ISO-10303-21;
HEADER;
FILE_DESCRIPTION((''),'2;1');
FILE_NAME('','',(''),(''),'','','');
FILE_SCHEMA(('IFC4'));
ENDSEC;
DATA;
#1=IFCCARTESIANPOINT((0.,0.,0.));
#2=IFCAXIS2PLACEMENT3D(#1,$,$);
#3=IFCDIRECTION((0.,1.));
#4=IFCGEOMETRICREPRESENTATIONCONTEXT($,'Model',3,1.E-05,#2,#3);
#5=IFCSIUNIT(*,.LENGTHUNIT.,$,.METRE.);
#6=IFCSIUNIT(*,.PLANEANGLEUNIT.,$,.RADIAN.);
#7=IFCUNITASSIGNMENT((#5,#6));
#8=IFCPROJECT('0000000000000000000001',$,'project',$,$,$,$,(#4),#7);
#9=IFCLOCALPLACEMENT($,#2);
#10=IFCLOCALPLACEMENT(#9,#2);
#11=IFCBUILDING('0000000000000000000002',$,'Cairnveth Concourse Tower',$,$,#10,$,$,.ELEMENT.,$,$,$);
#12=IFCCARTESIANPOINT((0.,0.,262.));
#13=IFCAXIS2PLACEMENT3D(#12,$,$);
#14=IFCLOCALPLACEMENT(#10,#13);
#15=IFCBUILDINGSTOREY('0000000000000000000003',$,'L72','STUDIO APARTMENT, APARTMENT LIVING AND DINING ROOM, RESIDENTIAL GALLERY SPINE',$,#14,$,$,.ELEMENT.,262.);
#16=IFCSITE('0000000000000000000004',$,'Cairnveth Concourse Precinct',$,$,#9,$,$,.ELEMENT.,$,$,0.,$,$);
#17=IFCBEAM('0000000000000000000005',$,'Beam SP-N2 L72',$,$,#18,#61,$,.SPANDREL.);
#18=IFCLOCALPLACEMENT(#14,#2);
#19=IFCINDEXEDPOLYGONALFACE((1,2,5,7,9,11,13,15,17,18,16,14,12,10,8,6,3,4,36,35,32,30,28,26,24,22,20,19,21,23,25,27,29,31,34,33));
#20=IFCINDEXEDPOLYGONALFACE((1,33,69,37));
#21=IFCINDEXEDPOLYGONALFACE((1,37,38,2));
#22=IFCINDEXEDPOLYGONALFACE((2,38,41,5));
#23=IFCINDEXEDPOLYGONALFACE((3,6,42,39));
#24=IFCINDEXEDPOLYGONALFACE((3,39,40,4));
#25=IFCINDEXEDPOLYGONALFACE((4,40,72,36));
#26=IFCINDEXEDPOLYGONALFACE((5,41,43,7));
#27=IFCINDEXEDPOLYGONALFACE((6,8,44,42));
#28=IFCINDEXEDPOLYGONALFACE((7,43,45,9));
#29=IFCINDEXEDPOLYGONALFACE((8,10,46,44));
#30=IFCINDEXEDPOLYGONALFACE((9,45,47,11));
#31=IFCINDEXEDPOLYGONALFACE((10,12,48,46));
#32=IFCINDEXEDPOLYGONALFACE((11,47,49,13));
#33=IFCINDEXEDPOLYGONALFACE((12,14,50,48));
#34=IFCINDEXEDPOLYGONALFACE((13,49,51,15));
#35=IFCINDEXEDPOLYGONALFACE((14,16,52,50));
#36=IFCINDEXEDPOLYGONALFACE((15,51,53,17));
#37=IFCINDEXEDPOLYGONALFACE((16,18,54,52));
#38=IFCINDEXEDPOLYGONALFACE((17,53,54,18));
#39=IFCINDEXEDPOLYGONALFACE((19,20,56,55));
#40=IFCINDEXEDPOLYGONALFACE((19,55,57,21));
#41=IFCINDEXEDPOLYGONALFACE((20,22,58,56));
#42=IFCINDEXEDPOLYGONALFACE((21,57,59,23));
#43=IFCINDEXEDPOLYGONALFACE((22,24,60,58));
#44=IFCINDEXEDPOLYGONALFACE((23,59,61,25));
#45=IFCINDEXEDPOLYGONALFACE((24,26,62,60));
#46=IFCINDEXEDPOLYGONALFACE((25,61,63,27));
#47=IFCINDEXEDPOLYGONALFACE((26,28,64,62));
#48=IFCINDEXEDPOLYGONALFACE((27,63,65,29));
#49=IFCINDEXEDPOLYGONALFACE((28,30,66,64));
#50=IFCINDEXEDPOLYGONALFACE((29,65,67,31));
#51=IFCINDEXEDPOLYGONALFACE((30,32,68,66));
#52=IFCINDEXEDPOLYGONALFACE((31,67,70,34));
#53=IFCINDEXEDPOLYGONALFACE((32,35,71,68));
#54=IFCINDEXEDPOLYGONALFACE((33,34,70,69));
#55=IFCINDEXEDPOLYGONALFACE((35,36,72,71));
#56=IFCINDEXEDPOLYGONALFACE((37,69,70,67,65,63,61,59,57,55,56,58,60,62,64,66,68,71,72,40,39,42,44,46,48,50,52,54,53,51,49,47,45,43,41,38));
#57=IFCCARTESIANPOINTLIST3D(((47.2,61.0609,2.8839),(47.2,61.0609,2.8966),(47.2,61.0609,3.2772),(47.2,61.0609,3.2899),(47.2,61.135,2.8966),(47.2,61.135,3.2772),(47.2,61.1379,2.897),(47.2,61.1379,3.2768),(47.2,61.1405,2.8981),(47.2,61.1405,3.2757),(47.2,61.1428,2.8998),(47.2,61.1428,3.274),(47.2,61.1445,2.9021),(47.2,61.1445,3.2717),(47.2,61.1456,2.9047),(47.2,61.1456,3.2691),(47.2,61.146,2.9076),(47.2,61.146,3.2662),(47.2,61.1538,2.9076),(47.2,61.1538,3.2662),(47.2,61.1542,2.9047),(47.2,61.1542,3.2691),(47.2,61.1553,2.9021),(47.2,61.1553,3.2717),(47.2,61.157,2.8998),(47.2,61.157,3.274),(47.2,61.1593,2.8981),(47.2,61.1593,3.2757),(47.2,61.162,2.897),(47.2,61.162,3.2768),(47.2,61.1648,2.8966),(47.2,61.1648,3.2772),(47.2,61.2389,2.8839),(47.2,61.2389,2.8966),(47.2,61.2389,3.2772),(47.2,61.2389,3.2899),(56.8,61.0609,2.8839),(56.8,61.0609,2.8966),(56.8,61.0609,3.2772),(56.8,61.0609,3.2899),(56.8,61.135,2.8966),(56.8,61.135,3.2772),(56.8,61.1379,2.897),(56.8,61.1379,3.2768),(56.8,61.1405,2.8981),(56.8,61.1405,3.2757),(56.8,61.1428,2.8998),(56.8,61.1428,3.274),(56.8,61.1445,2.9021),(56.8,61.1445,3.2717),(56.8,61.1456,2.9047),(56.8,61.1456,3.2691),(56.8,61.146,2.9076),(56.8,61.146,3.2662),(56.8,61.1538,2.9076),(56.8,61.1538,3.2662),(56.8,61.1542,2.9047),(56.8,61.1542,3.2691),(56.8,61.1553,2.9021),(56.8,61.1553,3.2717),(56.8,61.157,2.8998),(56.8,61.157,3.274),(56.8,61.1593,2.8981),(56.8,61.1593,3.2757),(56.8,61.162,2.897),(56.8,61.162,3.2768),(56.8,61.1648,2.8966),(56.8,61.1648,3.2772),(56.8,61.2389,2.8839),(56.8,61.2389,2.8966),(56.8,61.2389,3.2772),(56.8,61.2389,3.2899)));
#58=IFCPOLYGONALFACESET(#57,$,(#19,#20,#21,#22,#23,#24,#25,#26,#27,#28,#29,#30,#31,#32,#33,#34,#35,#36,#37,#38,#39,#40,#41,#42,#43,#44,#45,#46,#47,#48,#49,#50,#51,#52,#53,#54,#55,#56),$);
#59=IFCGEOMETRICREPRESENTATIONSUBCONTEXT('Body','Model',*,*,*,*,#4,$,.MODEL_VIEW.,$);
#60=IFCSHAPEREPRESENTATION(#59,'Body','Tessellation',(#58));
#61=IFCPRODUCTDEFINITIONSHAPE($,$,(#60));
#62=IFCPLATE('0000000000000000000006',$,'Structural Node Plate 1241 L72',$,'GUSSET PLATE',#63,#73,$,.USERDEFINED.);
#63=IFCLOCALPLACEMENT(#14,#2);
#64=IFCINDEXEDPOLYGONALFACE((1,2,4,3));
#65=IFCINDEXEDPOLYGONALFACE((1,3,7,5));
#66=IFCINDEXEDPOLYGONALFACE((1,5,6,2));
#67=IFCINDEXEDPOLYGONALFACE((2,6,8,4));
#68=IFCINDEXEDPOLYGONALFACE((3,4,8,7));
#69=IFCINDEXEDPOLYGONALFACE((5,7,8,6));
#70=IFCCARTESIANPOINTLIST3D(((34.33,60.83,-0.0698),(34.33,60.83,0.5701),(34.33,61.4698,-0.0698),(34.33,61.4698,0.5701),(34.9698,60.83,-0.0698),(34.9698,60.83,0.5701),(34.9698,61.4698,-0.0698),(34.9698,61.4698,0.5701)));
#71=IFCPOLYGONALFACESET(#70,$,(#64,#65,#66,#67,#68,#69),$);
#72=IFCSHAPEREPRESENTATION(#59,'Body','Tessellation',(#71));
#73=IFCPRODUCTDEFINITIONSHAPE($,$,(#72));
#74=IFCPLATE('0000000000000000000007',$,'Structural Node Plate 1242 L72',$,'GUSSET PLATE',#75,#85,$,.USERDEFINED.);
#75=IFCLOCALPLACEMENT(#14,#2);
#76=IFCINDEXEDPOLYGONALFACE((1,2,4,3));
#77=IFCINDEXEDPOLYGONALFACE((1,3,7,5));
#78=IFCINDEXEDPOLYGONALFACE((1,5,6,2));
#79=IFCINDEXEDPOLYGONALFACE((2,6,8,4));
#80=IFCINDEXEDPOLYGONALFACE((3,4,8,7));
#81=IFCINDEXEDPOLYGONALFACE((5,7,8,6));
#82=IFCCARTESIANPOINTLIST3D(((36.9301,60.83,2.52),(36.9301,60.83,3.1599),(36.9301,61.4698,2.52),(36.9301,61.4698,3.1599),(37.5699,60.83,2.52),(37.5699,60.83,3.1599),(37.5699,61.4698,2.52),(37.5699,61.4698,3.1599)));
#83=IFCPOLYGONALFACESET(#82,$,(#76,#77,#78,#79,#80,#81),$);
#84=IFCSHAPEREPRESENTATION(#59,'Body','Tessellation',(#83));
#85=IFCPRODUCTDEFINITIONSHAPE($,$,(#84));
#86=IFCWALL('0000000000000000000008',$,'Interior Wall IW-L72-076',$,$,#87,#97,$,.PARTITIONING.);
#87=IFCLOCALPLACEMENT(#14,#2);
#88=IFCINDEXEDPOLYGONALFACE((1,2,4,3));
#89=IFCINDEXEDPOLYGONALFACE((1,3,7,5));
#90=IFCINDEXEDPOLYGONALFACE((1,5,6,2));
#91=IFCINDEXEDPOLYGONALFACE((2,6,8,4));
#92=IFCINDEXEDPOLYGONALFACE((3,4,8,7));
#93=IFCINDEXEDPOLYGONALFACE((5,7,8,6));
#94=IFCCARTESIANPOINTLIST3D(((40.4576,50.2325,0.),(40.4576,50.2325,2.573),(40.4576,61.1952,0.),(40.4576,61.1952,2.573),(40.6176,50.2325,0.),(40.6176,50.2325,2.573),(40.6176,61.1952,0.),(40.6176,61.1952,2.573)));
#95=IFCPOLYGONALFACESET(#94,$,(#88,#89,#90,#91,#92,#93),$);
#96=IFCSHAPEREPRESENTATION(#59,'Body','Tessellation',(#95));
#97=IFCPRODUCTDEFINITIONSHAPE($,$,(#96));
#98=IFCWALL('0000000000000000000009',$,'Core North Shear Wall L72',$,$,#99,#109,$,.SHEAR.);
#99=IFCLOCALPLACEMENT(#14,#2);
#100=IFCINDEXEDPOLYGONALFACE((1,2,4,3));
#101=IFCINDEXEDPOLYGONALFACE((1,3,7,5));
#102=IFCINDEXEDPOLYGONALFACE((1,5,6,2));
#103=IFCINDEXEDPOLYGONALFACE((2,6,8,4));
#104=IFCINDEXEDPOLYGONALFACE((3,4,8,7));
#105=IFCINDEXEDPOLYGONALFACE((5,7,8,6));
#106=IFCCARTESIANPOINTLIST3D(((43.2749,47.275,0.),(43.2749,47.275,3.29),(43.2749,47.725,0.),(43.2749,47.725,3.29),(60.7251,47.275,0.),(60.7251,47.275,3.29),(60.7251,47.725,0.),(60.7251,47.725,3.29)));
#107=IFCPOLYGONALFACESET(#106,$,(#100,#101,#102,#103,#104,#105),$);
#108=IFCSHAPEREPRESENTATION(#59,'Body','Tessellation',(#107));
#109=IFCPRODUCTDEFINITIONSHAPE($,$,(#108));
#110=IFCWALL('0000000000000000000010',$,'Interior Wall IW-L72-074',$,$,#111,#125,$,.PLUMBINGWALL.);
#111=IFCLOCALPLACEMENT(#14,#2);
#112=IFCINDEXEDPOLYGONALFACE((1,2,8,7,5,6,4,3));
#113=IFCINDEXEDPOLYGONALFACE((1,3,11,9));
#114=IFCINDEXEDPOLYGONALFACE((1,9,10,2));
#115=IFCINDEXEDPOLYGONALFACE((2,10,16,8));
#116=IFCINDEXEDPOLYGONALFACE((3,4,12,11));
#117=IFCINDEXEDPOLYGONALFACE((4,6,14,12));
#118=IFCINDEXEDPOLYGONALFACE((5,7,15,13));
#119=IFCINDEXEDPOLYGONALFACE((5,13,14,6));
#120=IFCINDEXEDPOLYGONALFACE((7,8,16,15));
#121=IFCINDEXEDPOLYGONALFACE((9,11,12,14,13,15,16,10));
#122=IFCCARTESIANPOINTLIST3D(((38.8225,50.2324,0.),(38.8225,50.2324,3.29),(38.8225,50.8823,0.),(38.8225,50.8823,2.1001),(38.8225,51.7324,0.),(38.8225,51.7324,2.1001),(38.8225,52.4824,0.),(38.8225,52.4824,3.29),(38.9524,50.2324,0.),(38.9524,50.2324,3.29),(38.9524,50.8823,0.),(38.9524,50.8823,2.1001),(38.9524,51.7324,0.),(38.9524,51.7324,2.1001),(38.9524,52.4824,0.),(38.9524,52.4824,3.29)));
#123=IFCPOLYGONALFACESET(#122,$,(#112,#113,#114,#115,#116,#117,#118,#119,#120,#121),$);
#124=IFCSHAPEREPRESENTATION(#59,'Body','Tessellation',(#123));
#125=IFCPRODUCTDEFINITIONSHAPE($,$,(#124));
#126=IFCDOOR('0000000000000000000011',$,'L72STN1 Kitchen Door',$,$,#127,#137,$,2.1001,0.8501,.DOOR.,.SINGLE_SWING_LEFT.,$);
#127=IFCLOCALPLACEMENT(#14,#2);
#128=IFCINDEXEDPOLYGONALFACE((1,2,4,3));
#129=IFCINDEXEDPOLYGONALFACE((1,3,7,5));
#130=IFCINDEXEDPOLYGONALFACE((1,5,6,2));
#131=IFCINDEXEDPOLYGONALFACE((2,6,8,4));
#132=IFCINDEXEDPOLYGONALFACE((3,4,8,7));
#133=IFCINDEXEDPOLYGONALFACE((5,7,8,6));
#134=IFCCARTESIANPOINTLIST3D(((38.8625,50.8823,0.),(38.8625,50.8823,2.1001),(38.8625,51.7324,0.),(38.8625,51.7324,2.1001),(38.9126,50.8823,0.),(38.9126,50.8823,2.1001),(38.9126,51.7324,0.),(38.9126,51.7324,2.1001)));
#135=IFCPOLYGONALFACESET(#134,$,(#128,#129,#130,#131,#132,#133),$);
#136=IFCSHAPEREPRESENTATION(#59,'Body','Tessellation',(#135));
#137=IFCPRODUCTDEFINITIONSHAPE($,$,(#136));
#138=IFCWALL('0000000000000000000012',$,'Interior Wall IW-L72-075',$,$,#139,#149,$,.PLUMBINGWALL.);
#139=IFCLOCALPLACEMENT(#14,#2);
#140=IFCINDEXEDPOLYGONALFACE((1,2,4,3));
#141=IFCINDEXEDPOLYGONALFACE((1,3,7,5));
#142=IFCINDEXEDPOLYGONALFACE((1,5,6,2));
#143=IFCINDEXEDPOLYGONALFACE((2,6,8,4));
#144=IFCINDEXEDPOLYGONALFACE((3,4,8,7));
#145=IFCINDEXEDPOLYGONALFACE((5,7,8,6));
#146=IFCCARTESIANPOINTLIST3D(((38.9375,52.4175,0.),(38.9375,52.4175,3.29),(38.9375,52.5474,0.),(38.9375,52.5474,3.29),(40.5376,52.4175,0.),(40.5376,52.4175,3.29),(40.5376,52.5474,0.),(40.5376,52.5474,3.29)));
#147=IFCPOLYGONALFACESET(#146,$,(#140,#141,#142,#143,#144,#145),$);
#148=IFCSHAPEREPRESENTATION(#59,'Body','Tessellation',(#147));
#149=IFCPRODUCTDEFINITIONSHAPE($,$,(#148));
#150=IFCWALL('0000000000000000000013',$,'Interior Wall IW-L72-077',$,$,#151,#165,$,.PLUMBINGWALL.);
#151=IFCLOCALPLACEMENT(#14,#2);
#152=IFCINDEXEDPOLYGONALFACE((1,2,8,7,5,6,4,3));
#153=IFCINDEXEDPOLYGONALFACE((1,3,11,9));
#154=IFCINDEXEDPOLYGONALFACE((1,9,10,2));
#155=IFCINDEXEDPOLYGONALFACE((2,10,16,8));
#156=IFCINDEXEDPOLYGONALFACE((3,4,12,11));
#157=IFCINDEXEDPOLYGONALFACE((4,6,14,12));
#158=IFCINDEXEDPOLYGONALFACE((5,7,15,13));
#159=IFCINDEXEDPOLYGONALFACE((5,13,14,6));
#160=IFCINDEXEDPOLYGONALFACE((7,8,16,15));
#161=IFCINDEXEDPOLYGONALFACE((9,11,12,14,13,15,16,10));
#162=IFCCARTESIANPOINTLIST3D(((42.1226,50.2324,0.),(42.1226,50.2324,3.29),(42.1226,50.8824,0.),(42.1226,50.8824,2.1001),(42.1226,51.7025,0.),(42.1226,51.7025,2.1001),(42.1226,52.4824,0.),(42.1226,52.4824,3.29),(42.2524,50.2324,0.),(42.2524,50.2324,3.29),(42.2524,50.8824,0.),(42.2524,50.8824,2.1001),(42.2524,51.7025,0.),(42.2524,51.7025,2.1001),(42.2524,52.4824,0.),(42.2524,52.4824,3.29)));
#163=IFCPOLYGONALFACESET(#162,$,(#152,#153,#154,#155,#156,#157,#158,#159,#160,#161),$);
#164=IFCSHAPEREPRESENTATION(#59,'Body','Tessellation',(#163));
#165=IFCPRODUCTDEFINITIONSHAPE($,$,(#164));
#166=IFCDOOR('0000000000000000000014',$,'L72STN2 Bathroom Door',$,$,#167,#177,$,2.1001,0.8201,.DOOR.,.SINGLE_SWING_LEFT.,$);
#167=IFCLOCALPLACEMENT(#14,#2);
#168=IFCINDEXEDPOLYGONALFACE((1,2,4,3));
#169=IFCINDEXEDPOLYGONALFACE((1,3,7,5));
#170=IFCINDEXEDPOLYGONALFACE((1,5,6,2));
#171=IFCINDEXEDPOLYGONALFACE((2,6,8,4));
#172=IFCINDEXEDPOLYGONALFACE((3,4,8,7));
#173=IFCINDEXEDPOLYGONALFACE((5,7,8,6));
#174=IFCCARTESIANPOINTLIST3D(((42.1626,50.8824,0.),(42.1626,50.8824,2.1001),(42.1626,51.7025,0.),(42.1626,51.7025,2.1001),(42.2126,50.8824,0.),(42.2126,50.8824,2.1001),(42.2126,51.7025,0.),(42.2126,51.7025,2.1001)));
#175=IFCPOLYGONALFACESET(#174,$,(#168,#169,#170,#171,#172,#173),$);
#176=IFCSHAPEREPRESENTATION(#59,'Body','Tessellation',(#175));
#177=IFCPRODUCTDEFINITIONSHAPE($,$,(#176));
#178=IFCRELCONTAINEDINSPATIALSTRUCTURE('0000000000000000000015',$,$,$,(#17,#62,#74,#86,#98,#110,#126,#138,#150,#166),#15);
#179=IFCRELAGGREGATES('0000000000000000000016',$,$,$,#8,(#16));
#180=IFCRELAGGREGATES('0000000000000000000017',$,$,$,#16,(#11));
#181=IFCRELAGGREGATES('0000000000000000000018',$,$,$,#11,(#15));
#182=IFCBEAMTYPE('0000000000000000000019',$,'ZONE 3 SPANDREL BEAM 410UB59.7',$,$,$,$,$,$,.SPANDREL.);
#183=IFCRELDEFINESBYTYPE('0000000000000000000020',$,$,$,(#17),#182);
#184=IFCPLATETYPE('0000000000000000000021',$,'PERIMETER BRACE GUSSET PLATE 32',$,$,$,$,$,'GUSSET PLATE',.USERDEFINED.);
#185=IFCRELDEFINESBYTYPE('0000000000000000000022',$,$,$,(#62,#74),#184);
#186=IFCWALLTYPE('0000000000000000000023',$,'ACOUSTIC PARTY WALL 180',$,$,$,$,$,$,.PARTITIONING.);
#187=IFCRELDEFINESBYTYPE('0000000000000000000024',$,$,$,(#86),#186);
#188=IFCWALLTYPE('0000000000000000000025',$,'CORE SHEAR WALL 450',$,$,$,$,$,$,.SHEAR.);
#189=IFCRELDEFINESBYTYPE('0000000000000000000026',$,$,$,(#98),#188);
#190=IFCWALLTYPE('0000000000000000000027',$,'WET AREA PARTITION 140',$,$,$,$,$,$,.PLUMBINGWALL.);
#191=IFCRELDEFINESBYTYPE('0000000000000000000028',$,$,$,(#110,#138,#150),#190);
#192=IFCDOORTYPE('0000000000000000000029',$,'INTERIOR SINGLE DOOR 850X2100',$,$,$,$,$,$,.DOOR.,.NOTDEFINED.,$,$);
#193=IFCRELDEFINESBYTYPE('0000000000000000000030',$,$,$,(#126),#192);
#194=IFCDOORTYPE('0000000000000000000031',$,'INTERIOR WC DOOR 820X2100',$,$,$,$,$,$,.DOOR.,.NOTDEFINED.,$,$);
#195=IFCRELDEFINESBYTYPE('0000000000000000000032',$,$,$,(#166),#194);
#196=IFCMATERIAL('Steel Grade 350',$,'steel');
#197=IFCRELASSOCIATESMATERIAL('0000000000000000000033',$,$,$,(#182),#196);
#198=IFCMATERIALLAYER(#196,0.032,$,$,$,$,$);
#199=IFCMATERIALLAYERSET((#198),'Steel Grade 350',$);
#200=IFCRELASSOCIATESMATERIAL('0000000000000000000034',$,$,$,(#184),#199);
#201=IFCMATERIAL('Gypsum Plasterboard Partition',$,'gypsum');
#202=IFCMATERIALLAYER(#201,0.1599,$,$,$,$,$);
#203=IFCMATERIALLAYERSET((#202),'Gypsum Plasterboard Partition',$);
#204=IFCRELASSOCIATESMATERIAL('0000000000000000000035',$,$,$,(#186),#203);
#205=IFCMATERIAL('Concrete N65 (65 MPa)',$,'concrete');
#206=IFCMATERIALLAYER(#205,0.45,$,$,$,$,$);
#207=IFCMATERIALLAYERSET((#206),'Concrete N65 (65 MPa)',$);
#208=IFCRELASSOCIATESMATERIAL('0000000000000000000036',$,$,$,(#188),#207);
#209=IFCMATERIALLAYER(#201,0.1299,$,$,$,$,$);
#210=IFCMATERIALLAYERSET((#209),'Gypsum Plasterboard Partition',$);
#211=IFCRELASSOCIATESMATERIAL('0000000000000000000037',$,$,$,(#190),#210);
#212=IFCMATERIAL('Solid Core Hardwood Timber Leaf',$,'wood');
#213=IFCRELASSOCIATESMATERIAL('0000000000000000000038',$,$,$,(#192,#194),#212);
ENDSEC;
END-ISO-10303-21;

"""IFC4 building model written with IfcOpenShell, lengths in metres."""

from ifc_helpers import new_model, si_unit, direction, frame, frame_2d, origin, origin_2d, place, context, subcontext, project, spatial, rectangle, i_section, extrude, material, layer, layer_set, material_profile, profile_set, type_object, element, fill, save


model = new_model("IFC4")

# Units and contexts
model_context = context("Model", 3, precision=1e-05, world=origin(), true_north=direction((0.0, 1.0)))
body_context = subcontext(model_context, "Body", "Model", "MODEL_VIEW")
ifc_project = project(units=[si_unit("LENGTHUNIT", "METRE"), si_unit("PLANEANGLEUNIT", "RADIAN")], contexts=[model_context])

# Site, building, storey
site_placement = place(None, origin())
site = spatial("IfcSite", under=ifc_project, at=site_placement, Name="Cairnveth Concourse Precinct", CompositionType="ELEMENT", RefElevation=0.0)
building_placement = place(site_placement, origin())
building = spatial("IfcBuilding", under=site, at=building_placement, Name="Cairnveth Concourse Tower", CompositionType="ELEMENT")
storey_placement = place(building_placement, frame((0.0, 0.0, 262.0)))
storey = spatial("IfcBuildingStorey", under=building, at=storey_placement, Name="L72", Description="STUDIO APARTMENT, APARTMENT LIVING AND DINING ROOM, RESIDENTIAL GALLERY SPINE", CompositionType="ELEMENT", Elevation=262.0)

# Shared definitions
ifc_material_1 = material(Name="Concrete N65 (65 MPa)", Category="concrete")

# Shared definitions
ifc_material_2 = material(Name="Steel Grade 350", Category="steel")

# Beam
ifc_material_profile_1 = material_profile(ifc_material_2, i_section(OverallWidth=0.178, OverallDepth=0.406, WebThickness=0.0078, FlangeThickness=0.0127, FilletRadius=0.011, at=origin_2d()), Name="410UB59.7")
ifc_profile_set_1 = profile_set([ifc_material_profile_1], Name="Steel Grade 350")
beam_type_1 = type_object("IfcBeamType", Name="ZONE 3 SPANDREL BEAM 410UB59.7", PredefinedType="SPANDREL", material=ifc_profile_set_1)
beam_1_placement = place(storey_placement, frame((47.2, 61.1499, 3.0869), z_axis=(1.0, 0.0, 0.0), x_axis=(0.0, 1.0, 0.0)))
element("IfcBeam", 1, at=beam_1_placement, inside=storey, type_object=beam_type_1, Name="Beam SP-N2 L72", PredefinedType="SPANDREL", context=body_context, shape_type="SweptSolid", body=[
    extrude(i_section(OverallWidth=0.178, OverallDepth=0.406, WebThickness=0.0078, FlangeThickness=0.0127, FilletRadius=0.011, at=origin_2d()), origin(), (0.0, 0.0, 1.0), 9.6001),
])

# Plates
ifc_layer_1 = layer(ifc_material_2, 0.032)
ifc_layer_set_1 = layer_set([ifc_layer_1], Name="Steel Grade 350")
plate_type = type_object("IfcPlateType", Name="PERIMETER BRACE GUSSET PLATE 32", ElementType="GUSSET PLATE", PredefinedType="USERDEFINED", material=ifc_layer_set_1)
for number, where, z_axis, x_axis, name in (
    (2, (34.6499, 61.1499, -0.0698), (0.0, 0.0, 1.0), (1.0, 0.0, 0.0), "Structural Node Plate 1241 L72"),
    (3, (37.25, 61.1499, 2.52), (0.0, 0.0, 1.0), (1.0, 0.0, 0.0), "Structural Node Plate 1242 L72"),
):
    element("IfcPlate", number, at=place(storey_placement, frame(where, z_axis=z_axis, x_axis=x_axis)), inside=storey, type_object=plate_type, Name=name, ObjectType="GUSSET PLATE", PredefinedType="USERDEFINED", context=body_context, shape_type="SweptSolid", body=[
        extrude(rectangle(XDim=0.6399, YDim=0.6399, at=origin_2d()), origin(), (0.0, 0.0, 1.0), 0.6399),
    ])

# Walls
ifc_material_3 = material(Name="Gypsum Plasterboard Partition", Category="gypsum")
ifc_layer_2 = layer(ifc_material_3, 0.1599)
ifc_layer_set_2 = layer_set([ifc_layer_2], Name="Gypsum Plasterboard Partition")
wall_type_1 = type_object("IfcWallType", Name="ACOUSTIC PARTY WALL 180", PredefinedType="PARTITIONING", material=ifc_layer_set_2)
wall_1_placement = place(storey_placement, frame((40.5376, 50.2324, 0.0), z_axis=(0.0, 0.0, 1.0), x_axis=(0.0, 1.0, 0.0)))
element("IfcWall", 4, at=wall_1_placement, inside=storey, type_object=wall_type_1, Name="Interior Wall IW-L72-076", PredefinedType="PARTITIONING", context=body_context, shape_type="SweptSolid", body=[
    extrude(rectangle(XDim=10.9626, YDim=0.1599, at=frame_2d((5.4814, 0.0))), origin(), (0.0, 0.0, 1.0), 2.573),
])
ifc_layer_3 = layer(ifc_material_1, 0.45)
ifc_layer_set_3 = layer_set([ifc_layer_3], Name="Concrete N65 (65 MPa)")
wall_type_2 = type_object("IfcWallType", Name="CORE SHEAR WALL 450", PredefinedType="SHEAR", material=ifc_layer_set_3)
wall_2_placement = place(storey_placement, frame((43.2749, 47.5, 0.0), z_axis=(0.0, 0.0, 1.0), x_axis=(1.0, 0.0, 0.0)))
element("IfcWall", 5, at=wall_2_placement, inside=storey, type_object=wall_type_2, Name="Core North Shear Wall L72", PredefinedType="SHEAR", context=body_context, shape_type="SweptSolid", body=[
    extrude(rectangle(XDim=17.4502, YDim=0.45, at=frame_2d((8.7251, 0.0))), origin(), (0.0, 0.0, 1.0), 3.29),
])

# Wall, opening, door
ifc_layer_4 = layer(ifc_material_3, 0.1299)
ifc_layer_set_4 = layer_set([ifc_layer_4], Name="Gypsum Plasterboard Partition")
wall_type_3 = type_object("IfcWallType", Name="WET AREA PARTITION 140", PredefinedType="PLUMBINGWALL", material=ifc_layer_set_4)
wall_3_placement = place(storey_placement, frame((38.8875, 50.2324, 0.0), z_axis=(0.0, 0.0, 1.0), x_axis=(0.0, 1.0, 0.0)))
wall_3 = element("IfcWall", 6, at=wall_3_placement, inside=storey, type_object=wall_type_3, Name="Interior Wall IW-L72-074", PredefinedType="PLUMBINGWALL", context=body_context, shape_type="SweptSolid", body=[
    extrude(rectangle(XDim=2.25, YDim=0.1299, at=frame_2d((1.125, 0.0))), origin(), (0.0, 0.0, 1.0), 3.29),
])
opening_1_placement = place(wall_3_placement, frame((0.6499, 0.0, 0.0)))
opening_1 = element("IfcOpeningElement", 7, at=opening_1_placement, cuts=wall_3, PredefinedType="OPENING", context=body_context, shape_type="SweptSolid", body=[
    extrude(rectangle(XDim=0.8501, YDim=2.1001, at=frame_2d((0.425, 1.05))), frame((0.0, 0.075, 0.0), z_axis=(0.0, -1.0, 0.0), x_axis=(1.0, 0.0, 0.0)), (0.0, 0.0, 1.0), 0.1499),
])
ifc_material_4 = material(Name="Solid Core Hardwood Timber Leaf", Category="wood")
door_type_1 = type_object("IfcDoorType", Name="INTERIOR SINGLE DOOR 850X2100", OperationType="NOTDEFINED", PredefinedType="DOOR", material=ifc_material_4)
door_1_placement = place(opening_1_placement, origin())
door_1 = element("IfcDoor", 8, at=door_1_placement, inside=storey, type_object=door_type_1, Name="L72STN1 Kitchen Door", OperationType="SINGLE_SWING_LEFT", OverallHeight=2.1001, OverallWidth=0.8501, PredefinedType="DOOR", context=body_context, shape_type="SweptSolid", body=[
    extrude(rectangle(XDim=0.8501, YDim=2.1001, at=frame_2d((0.425, 1.05))), frame((0.0, 0.0249, 0.0), z_axis=(0.0, -1.0, 0.0), x_axis=(1.0, 0.0, 0.0)), (0.0, 0.0, 1.0), 0.05),
])
fill(opening_1, door_1)

# Wall
wall_4_placement = place(storey_placement, frame((38.9375, 52.4824, 0.0), z_axis=(0.0, 0.0, 1.0), x_axis=(1.0, 0.0, 0.0)))
element("IfcWall", 9, at=wall_4_placement, inside=storey, type_object=wall_type_3, Name="Interior Wall IW-L72-075", PredefinedType="PLUMBINGWALL", context=body_context, shape_type="SweptSolid", body=[
    extrude(rectangle(XDim=1.6001, YDim=0.1299, at=frame_2d((0.8, 0.0))), origin(), (0.0, 0.0, 1.0), 3.29),
])

# Wall, opening, door
wall_5_placement = place(storey_placement, frame((42.1875, 50.2324, 0.0), z_axis=(0.0, 0.0, 1.0), x_axis=(0.0, 1.0, 0.0)))
wall_5 = element("IfcWall", 10, at=wall_5_placement, inside=storey, type_object=wall_type_3, Name="Interior Wall IW-L72-077", PredefinedType="PLUMBINGWALL", context=body_context, shape_type="SweptSolid", body=[
    extrude(rectangle(XDim=2.25, YDim=0.1299, at=frame_2d((1.125, 0.0))), origin(), (0.0, 0.0, 1.0), 3.29),
])
opening_2_placement = place(wall_5_placement, frame((0.6499, 0.0, 0.0)))
opening_2 = element("IfcOpeningElement", 11, at=opening_2_placement, cuts=wall_5, PredefinedType="OPENING", context=body_context, shape_type="SweptSolid", body=[
    extrude(rectangle(XDim=0.8201, YDim=2.1001, at=frame_2d((0.4102, 1.05))), frame((0.0, 0.075, 0.0), z_axis=(0.0, -1.0, 0.0), x_axis=(1.0, 0.0, 0.0)), (0.0, 0.0, 1.0), 0.1499),
])
door_type_2 = type_object("IfcDoorType", Name="INTERIOR WC DOOR 820X2100", OperationType="NOTDEFINED", PredefinedType="DOOR", material=ifc_material_4)
door_2_placement = place(opening_2_placement, origin())
door_2 = element("IfcDoor", 12, at=door_2_placement, inside=storey, type_object=door_type_2, Name="L72STN2 Bathroom Door", OperationType="SINGLE_SWING_LEFT", OverallHeight=2.1001, OverallWidth=0.8201, PredefinedType="DOOR", context=body_context, shape_type="SweptSolid", body=[
    extrude(rectangle(XDim=0.8201, YDim=2.1001, at=frame_2d((0.4102, 1.05))), frame((0.0, 0.0249, 0.0), z_axis=(0.0, -1.0, 0.0), x_axis=(1.0, 0.0, 0.0)), (0.0, 0.0, 1.0), 0.05),
])
fill(opening_2, door_2)

save(model, "model.ifc")
